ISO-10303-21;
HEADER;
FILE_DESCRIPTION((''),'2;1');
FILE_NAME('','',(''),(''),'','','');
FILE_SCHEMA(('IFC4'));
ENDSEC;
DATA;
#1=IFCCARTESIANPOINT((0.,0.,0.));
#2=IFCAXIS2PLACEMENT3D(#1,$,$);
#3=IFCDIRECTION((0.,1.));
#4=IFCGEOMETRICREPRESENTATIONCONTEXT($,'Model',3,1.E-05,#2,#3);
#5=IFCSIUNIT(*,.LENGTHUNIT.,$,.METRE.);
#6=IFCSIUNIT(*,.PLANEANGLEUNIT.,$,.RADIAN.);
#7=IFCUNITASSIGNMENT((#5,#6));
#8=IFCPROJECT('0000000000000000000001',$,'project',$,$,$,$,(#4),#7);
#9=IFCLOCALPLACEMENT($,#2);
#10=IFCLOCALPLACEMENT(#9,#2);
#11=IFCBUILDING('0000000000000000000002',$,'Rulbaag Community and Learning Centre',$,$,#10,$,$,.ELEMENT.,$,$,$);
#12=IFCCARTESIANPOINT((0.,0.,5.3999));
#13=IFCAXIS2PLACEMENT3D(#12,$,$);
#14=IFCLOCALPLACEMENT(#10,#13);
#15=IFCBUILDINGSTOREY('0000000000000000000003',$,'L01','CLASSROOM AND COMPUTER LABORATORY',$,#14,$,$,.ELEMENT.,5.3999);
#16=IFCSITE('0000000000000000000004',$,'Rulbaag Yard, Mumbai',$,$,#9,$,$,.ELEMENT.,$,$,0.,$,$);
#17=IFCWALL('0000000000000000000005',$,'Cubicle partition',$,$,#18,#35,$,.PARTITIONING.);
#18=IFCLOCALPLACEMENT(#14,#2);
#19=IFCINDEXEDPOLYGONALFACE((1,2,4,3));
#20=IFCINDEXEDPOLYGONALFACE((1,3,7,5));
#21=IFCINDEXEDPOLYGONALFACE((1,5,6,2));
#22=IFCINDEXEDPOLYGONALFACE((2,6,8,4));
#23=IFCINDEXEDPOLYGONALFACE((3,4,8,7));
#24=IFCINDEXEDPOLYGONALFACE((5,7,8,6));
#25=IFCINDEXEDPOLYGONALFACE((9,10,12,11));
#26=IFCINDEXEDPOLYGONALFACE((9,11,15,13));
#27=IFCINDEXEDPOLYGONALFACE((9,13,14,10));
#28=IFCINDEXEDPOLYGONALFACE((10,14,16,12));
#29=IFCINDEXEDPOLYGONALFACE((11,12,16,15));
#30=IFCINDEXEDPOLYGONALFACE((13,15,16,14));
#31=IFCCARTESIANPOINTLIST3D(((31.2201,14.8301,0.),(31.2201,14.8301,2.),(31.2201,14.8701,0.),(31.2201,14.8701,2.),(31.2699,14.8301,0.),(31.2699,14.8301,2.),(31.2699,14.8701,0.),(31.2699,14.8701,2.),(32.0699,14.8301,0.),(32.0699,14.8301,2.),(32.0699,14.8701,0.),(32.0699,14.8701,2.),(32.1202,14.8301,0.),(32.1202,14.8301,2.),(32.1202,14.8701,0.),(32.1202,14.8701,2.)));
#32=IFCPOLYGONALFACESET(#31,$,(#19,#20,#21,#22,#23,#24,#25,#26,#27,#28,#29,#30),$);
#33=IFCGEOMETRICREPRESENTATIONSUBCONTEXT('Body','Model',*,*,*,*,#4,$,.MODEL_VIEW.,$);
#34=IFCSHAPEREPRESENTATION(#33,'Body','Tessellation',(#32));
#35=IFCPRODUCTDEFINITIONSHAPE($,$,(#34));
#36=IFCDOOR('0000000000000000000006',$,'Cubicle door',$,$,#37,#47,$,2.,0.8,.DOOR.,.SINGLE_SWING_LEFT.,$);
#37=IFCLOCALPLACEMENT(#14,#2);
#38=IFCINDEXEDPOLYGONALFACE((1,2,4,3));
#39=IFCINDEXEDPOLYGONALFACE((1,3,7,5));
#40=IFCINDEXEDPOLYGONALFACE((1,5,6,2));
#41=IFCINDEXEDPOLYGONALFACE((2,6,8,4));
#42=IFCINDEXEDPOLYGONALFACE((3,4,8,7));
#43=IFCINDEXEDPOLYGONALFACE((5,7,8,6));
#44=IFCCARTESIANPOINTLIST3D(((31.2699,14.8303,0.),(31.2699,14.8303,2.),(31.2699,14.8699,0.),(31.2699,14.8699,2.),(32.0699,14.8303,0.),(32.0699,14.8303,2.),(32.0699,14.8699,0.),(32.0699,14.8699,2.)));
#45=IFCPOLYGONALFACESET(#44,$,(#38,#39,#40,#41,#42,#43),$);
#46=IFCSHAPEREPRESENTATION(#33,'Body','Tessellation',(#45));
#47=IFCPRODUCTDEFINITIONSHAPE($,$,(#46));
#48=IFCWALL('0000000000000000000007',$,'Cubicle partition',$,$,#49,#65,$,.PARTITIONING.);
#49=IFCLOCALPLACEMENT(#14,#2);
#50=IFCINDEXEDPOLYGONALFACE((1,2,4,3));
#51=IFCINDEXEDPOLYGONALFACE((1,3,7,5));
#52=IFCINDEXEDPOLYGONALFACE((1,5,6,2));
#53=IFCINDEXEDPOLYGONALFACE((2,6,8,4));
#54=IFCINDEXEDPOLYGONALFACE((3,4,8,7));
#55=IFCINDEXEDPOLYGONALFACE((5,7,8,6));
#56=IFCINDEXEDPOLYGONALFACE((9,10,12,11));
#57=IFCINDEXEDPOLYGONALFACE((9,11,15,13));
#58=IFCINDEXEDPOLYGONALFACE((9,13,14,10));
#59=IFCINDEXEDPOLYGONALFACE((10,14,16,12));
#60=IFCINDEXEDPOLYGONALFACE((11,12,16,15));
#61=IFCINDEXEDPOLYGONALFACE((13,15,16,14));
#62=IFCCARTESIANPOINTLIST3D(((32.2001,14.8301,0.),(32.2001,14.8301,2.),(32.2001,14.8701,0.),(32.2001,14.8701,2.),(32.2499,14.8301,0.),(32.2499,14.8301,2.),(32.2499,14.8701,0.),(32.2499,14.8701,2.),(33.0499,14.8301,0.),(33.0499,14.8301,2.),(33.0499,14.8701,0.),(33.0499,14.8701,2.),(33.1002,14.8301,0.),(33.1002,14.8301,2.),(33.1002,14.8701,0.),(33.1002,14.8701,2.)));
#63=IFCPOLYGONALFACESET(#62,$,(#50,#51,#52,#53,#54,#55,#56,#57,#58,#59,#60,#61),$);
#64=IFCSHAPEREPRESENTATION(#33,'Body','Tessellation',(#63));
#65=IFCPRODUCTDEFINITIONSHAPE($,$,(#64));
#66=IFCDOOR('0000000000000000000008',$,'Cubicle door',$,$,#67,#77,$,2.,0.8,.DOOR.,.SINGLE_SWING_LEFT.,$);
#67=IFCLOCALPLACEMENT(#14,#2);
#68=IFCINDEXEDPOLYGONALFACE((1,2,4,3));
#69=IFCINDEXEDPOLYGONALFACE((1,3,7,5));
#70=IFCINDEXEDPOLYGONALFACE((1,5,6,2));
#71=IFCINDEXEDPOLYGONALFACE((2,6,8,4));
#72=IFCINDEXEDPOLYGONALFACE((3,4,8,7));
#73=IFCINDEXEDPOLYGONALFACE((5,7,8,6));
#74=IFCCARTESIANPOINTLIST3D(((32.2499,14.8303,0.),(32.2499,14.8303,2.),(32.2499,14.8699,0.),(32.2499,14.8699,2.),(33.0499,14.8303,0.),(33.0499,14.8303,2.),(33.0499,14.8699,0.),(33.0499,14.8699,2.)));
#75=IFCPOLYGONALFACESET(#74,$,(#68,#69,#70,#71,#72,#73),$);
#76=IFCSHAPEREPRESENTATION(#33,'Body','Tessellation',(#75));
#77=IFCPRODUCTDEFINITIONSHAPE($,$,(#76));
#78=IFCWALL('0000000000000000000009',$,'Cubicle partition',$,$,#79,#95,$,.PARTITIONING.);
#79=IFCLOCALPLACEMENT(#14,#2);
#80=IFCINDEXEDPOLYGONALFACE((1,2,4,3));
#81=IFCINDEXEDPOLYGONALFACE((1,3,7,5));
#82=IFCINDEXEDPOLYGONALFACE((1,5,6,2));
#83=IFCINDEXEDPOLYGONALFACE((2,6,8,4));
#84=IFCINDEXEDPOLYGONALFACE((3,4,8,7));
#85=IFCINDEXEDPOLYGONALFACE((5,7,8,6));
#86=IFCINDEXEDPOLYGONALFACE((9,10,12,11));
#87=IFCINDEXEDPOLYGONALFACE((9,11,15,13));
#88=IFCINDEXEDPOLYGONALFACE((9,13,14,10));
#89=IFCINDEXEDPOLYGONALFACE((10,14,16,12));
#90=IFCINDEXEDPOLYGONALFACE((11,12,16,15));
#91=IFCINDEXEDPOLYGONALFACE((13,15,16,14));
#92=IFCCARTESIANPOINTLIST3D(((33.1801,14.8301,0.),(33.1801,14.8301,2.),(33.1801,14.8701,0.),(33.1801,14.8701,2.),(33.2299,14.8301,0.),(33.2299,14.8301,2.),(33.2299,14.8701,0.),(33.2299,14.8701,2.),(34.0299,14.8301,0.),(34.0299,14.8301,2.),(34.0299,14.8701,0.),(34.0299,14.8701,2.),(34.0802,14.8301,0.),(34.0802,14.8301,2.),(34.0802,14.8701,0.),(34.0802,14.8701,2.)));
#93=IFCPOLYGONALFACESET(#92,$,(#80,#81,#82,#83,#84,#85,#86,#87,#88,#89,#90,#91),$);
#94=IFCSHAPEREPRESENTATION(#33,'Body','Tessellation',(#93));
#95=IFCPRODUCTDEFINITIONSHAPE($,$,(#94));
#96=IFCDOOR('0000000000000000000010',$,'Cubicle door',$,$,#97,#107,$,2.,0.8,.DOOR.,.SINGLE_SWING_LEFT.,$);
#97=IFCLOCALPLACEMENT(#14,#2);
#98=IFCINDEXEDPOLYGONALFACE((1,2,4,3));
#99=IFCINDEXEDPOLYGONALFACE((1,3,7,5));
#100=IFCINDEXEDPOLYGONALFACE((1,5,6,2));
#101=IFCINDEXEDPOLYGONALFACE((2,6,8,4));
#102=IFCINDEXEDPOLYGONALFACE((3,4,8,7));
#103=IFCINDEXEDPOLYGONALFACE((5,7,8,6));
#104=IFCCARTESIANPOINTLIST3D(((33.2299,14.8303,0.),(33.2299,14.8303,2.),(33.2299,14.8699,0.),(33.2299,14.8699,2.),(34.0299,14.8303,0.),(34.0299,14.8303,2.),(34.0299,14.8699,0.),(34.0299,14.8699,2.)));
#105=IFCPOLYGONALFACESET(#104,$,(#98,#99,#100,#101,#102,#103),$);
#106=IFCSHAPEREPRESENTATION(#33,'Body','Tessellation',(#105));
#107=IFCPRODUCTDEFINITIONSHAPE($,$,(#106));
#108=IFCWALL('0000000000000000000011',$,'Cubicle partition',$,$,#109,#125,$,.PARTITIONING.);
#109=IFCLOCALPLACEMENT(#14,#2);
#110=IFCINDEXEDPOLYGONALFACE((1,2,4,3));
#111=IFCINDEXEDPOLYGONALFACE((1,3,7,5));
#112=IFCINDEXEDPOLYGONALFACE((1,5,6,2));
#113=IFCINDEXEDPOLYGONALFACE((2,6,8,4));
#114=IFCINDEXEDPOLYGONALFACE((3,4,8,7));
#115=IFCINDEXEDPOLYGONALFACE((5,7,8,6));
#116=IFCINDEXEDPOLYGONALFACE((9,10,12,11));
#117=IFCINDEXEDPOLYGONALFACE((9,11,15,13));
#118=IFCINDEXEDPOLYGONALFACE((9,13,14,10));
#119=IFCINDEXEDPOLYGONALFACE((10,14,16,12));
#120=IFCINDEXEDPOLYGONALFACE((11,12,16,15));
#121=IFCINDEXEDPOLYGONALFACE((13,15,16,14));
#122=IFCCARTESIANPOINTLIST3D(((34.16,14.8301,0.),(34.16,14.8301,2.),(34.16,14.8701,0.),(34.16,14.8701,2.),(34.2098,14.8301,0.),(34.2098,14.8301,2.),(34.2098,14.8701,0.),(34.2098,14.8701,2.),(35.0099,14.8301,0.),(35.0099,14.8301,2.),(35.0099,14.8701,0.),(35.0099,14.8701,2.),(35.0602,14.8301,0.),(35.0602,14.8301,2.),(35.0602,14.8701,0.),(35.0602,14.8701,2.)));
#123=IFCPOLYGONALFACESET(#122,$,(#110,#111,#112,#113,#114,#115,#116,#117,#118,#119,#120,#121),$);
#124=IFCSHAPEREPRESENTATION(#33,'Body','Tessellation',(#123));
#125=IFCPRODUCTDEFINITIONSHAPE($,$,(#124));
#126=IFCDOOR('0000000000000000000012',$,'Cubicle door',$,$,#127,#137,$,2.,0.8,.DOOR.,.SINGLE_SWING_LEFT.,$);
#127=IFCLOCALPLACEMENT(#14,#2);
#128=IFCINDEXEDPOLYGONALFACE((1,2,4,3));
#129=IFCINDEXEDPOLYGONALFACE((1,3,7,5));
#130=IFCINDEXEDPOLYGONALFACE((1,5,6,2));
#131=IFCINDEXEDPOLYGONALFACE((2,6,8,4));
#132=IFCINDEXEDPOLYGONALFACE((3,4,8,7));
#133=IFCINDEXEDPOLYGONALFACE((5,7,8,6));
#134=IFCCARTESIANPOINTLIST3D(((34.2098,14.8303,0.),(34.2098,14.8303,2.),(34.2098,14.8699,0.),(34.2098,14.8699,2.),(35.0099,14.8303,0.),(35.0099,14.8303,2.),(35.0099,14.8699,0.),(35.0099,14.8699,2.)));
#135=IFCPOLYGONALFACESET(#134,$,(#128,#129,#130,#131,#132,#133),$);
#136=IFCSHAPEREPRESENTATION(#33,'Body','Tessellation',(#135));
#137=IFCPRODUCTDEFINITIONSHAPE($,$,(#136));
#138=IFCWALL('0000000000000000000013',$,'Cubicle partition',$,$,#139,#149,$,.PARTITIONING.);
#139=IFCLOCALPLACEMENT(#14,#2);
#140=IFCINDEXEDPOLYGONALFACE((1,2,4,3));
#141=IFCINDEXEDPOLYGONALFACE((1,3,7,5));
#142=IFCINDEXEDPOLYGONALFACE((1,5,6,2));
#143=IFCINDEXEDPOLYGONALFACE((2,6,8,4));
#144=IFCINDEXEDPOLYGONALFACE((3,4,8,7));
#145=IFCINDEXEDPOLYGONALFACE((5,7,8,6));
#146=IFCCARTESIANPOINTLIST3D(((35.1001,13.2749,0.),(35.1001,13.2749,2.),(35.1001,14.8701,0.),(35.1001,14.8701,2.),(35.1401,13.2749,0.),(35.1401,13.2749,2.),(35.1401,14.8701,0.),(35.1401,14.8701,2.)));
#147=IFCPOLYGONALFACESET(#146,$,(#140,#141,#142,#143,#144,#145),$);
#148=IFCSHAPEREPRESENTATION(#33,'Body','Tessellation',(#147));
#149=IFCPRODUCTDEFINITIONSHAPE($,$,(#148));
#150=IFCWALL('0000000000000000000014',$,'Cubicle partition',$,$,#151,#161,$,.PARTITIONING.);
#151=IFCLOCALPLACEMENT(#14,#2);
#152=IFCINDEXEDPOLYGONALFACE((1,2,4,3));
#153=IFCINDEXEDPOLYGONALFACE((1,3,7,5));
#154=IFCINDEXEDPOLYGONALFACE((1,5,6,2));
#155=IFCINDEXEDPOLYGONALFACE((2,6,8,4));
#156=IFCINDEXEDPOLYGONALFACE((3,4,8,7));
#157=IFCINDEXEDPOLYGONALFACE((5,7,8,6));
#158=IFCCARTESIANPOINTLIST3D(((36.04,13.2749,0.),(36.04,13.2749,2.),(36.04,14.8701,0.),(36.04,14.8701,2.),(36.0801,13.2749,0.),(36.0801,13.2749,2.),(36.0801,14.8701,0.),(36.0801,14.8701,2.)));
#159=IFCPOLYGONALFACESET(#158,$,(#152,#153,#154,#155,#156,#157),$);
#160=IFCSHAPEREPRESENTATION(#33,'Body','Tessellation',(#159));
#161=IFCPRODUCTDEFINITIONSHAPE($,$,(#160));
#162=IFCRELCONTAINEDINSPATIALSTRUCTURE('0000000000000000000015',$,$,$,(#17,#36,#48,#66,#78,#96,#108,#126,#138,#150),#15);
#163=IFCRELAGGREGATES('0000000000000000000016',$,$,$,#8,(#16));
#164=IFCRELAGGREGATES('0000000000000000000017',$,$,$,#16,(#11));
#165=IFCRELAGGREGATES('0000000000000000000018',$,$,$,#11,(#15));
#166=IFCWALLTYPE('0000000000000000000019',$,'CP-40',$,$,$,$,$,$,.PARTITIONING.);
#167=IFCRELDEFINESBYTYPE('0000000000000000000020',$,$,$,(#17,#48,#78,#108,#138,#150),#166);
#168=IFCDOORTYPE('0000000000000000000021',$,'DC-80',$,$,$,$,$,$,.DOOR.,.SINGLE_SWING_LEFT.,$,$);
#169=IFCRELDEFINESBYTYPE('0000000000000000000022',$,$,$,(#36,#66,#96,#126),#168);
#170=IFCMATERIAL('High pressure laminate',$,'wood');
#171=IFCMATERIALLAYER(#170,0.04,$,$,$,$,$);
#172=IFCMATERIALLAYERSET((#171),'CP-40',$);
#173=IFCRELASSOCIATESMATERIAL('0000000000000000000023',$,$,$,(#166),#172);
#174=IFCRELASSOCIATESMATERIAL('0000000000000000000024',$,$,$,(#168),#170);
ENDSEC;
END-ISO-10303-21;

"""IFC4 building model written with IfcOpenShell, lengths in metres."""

from ifc_helpers import new_model, si_unit, direction, frame, frame_2d, origin, place, context, subcontext, project, spatial, rectangle, extrude, material, layer, layer_set, type_object, element, fill, save


model = new_model("IFC4")

# Units and contexts
model_context = context("Model", 3, precision=1e-05, world=origin(), true_north=direction((0.0, 1.0)))
body_context = subcontext(model_context, "Body", "Model", "MODEL_VIEW")
ifc_project = project(units=[si_unit("LENGTHUNIT", "METRE"), si_unit("PLANEANGLEUNIT", "RADIAN")], contexts=[model_context])

# Site, building, storey
site_placement = place(None, origin())
site = spatial("IfcSite", under=ifc_project, at=site_placement, Name="Rulbaag Yard, Mumbai", CompositionType="ELEMENT", RefElevation=0.0)
building_placement = place(site_placement, origin())
building = spatial("IfcBuilding", under=site, at=building_placement, Name="Rulbaag Community and Learning Centre", CompositionType="ELEMENT")
storey_placement = place(building_placement, frame((0.0, 0.0, 5.3999)))
storey = spatial("IfcBuildingStorey", under=building, at=storey_placement, Name="L01", Description="CLASSROOM AND COMPUTER LABORATORY", CompositionType="ELEMENT", Elevation=5.3999)

# Walls, openings, doors
ifc_material_1 = material(Name="High pressure laminate", Category="wood")
ifc_layer = layer(ifc_material_1, 0.04)
ifc_layer_set = layer_set([ifc_layer], Name="CP-40")
wall_type = type_object("IfcWallType", Name="CP-40", PredefinedType="PARTITIONING", material=ifc_layer_set)
wall_1_placement = place(storey_placement, frame((31.22, 14.8501, 0.0), z_axis=(0.0, 0.0, 1.0), x_axis=(1.0, 0.0, 0.0)))
wall_1 = element("IfcWall", 1, at=wall_1_placement, inside=storey, type_object=wall_type, Name="Cubicle partition", PredefinedType="PARTITIONING", context=body_context, shape_type="SweptSolid", body=[
    extrude(rectangle(XDim=0.9001, YDim=0.04, at=frame_2d((0.4502, 0.0))), origin(), (0.0, 0.0, 1.0), 2.0),
])
opening_1_placement = place(wall_1_placement, frame((0.05, 0.0, 0.0)))
opening_1 = element("IfcOpeningElement", 2, at=opening_1_placement, cuts=wall_1, PredefinedType="OPENING", context=body_context, shape_type="SweptSolid", body=[
    extrude(rectangle(XDim=0.8, YDim=2.0, at=frame_2d((0.3999, 1.0))), frame((0.0, 0.03, 0.0), z_axis=(0.0, -1.0, 0.0), x_axis=(1.0, 0.0, 0.0)), (0.0, 0.0, 1.0), 0.0601),
])
door_type = type_object("IfcDoorType", Name="DC-80", OperationType="SINGLE_SWING_LEFT", PredefinedType="DOOR", material=ifc_material_1)
door_1_placement = place(opening_1_placement, origin())
door_1 = element("IfcDoor", 3, at=door_1_placement, inside=storey, type_object=door_type, Name="Cubicle door", OperationType="SINGLE_SWING_LEFT", OverallHeight=2.0, OverallWidth=0.8, PredefinedType="DOOR", context=body_context, shape_type="SweptSolid", body=[
    extrude(rectangle(XDim=0.8, YDim=2.0, at=frame_2d((0.3999, 1.0))), frame((0.0, 0.0198, 0.0), z_axis=(0.0, -1.0, 0.0), x_axis=(1.0, 0.0, 0.0)), (0.0, 0.0, 1.0), 0.0396),
])
fill(opening_1, door_1)
wall_2_placement = place(storey_placement, frame((32.2, 14.8501, 0.0), z_axis=(0.0, 0.0, 1.0), x_axis=(1.0, 0.0, 0.0)))
wall_2 = element("IfcWall", 4, at=wall_2_placement, inside=storey, type_object=wall_type, Name="Cubicle partition", PredefinedType="PARTITIONING", context=body_context, shape_type="SweptSolid", body=[
    extrude(rectangle(XDim=0.9001, YDim=0.04, at=frame_2d((0.4502, 0.0))), origin(), (0.0, 0.0, 1.0), 2.0),
])
opening_2_placement = place(wall_2_placement, frame((0.05, 0.0, 0.0)))
opening_2 = element("IfcOpeningElement", 5, at=opening_2_placement, cuts=wall_2, PredefinedType="OPENING", context=body_context, shape_type="SweptSolid", body=[
    extrude(rectangle(XDim=0.8, YDim=2.0, at=frame_2d((0.3999, 1.0))), frame((0.0, 0.03, 0.0), z_axis=(0.0, -1.0, 0.0), x_axis=(1.0, 0.0, 0.0)), (0.0, 0.0, 1.0), 0.0601),
])
door_2_placement = place(opening_2_placement, origin())
door_2 = element("IfcDoor", 6, at=door_2_placement, inside=storey, type_object=door_type, Name="Cubicle door", OperationType="SINGLE_SWING_LEFT", OverallHeight=2.0, OverallWidth=0.8, PredefinedType="DOOR", context=body_context, shape_type="SweptSolid", body=[
    extrude(rectangle(XDim=0.8, YDim=2.0, at=frame_2d((0.3999, 1.0))), frame((0.0, 0.0198, 0.0), z_axis=(0.0, -1.0, 0.0), x_axis=(1.0, 0.0, 0.0)), (0.0, 0.0, 1.0), 0.0396),
])
fill(opening_2, door_2)
wall_3_placement = place(storey_placement, frame((33.1799, 14.8501, 0.0), z_axis=(0.0, 0.0, 1.0), x_axis=(1.0, 0.0, 0.0)))
wall_3 = element("IfcWall", 7, at=wall_3_placement, inside=storey, type_object=wall_type, Name="Cubicle partition", PredefinedType="PARTITIONING", context=body_context, shape_type="SweptSolid", body=[
    extrude(rectangle(XDim=0.9001, YDim=0.04, at=frame_2d((0.4502, 0.0))), origin(), (0.0, 0.0, 1.0), 2.0),
])
opening_3_placement = place(wall_3_placement, frame((0.05, 0.0, 0.0)))
opening_3 = element("IfcOpeningElement", 8, at=opening_3_placement, cuts=wall_3, PredefinedType="OPENING", context=body_context, shape_type="SweptSolid", body=[
    extrude(rectangle(XDim=0.8, YDim=2.0, at=frame_2d((0.3999, 1.0))), frame((0.0, 0.03, 0.0), z_axis=(0.0, -1.0, 0.0), x_axis=(1.0, 0.0, 0.0)), (0.0, 0.0, 1.0), 0.0601),
])
door_3_placement = place(opening_3_placement, origin())
door_3 = element("IfcDoor", 9, at=door_3_placement, inside=storey, type_object=door_type, Name="Cubicle door", OperationType="SINGLE_SWING_LEFT", OverallHeight=2.0, OverallWidth=0.8, PredefinedType="DOOR", context=body_context, shape_type="SweptSolid", body=[
    extrude(rectangle(XDim=0.8, YDim=2.0, at=frame_2d((0.3999, 1.0))), frame((0.0, 0.0198, 0.0), z_axis=(0.0, -1.0, 0.0), x_axis=(1.0, 0.0, 0.0)), (0.0, 0.0, 1.0), 0.0396),
])
fill(opening_3, door_3)
wall_4_placement = place(storey_placement, frame((34.1599, 14.8501, 0.0), z_axis=(0.0, 0.0, 1.0), x_axis=(1.0, 0.0, 0.0)))
wall_4 = element("IfcWall", 10, at=wall_4_placement, inside=storey, type_object=wall_type, Name="Cubicle partition", PredefinedType="PARTITIONING", context=body_context, shape_type="SweptSolid", body=[
    extrude(rectangle(XDim=0.9001, YDim=0.04, at=frame_2d((0.4502, 0.0))), origin(), (0.0, 0.0, 1.0), 2.0),
])
opening_4_placement = place(wall_4_placement, frame((0.05, 0.0, 0.0)))
opening_4 = element("IfcOpeningElement", 11, at=opening_4_placement, cuts=wall_4, PredefinedType="OPENING", context=body_context, shape_type="SweptSolid", body=[
    extrude(rectangle(XDim=0.8, YDim=2.0, at=frame_2d((0.3999, 1.0))), frame((0.0, 0.03, 0.0), z_axis=(0.0, -1.0, 0.0), x_axis=(1.0, 0.0, 0.0)), (0.0, 0.0, 1.0), 0.0601),
])
door_4_placement = place(opening_4_placement, origin())
door_4 = element("IfcDoor", 12, at=door_4_placement, inside=storey, type_object=door_type, Name="Cubicle door", OperationType="SINGLE_SWING_LEFT", OverallHeight=2.0, OverallWidth=0.8, PredefinedType="DOOR", context=body_context, shape_type="SweptSolid", body=[
    extrude(rectangle(XDim=0.8, YDim=2.0, at=frame_2d((0.3999, 1.0))), frame((0.0, 0.0198, 0.0), z_axis=(0.0, -1.0, 0.0), x_axis=(1.0, 0.0, 0.0)), (0.0, 0.0, 1.0), 0.0396),
])
fill(opening_4, door_4)

# Walls
for number, where, z_axis, x_axis, name in (
    (13, (35.1201, 13.2749, 0.0), (0.0, 0.0, 1.0), (0.0, 1.0, 0.0), "Cubicle partition"),
    (14, (36.0601, 13.2749, 0.0), (0.0, 0.0, 1.0), (0.0, 1.0, 0.0), "Cubicle partition"),
):
    element("IfcWall", number, at=place(storey_placement, frame(where, z_axis=z_axis, x_axis=x_axis)), inside=storey, type_object=wall_type, Name=name, PredefinedType="PARTITIONING", context=body_context, shape_type="SweptSolid", body=[
        extrude(rectangle(XDim=1.5952, YDim=0.04, at=frame_2d((0.7976, 0.0))), origin(), (0.0, 0.0, 1.0), 2.0),
    ])

save(model, "model.ifc")
